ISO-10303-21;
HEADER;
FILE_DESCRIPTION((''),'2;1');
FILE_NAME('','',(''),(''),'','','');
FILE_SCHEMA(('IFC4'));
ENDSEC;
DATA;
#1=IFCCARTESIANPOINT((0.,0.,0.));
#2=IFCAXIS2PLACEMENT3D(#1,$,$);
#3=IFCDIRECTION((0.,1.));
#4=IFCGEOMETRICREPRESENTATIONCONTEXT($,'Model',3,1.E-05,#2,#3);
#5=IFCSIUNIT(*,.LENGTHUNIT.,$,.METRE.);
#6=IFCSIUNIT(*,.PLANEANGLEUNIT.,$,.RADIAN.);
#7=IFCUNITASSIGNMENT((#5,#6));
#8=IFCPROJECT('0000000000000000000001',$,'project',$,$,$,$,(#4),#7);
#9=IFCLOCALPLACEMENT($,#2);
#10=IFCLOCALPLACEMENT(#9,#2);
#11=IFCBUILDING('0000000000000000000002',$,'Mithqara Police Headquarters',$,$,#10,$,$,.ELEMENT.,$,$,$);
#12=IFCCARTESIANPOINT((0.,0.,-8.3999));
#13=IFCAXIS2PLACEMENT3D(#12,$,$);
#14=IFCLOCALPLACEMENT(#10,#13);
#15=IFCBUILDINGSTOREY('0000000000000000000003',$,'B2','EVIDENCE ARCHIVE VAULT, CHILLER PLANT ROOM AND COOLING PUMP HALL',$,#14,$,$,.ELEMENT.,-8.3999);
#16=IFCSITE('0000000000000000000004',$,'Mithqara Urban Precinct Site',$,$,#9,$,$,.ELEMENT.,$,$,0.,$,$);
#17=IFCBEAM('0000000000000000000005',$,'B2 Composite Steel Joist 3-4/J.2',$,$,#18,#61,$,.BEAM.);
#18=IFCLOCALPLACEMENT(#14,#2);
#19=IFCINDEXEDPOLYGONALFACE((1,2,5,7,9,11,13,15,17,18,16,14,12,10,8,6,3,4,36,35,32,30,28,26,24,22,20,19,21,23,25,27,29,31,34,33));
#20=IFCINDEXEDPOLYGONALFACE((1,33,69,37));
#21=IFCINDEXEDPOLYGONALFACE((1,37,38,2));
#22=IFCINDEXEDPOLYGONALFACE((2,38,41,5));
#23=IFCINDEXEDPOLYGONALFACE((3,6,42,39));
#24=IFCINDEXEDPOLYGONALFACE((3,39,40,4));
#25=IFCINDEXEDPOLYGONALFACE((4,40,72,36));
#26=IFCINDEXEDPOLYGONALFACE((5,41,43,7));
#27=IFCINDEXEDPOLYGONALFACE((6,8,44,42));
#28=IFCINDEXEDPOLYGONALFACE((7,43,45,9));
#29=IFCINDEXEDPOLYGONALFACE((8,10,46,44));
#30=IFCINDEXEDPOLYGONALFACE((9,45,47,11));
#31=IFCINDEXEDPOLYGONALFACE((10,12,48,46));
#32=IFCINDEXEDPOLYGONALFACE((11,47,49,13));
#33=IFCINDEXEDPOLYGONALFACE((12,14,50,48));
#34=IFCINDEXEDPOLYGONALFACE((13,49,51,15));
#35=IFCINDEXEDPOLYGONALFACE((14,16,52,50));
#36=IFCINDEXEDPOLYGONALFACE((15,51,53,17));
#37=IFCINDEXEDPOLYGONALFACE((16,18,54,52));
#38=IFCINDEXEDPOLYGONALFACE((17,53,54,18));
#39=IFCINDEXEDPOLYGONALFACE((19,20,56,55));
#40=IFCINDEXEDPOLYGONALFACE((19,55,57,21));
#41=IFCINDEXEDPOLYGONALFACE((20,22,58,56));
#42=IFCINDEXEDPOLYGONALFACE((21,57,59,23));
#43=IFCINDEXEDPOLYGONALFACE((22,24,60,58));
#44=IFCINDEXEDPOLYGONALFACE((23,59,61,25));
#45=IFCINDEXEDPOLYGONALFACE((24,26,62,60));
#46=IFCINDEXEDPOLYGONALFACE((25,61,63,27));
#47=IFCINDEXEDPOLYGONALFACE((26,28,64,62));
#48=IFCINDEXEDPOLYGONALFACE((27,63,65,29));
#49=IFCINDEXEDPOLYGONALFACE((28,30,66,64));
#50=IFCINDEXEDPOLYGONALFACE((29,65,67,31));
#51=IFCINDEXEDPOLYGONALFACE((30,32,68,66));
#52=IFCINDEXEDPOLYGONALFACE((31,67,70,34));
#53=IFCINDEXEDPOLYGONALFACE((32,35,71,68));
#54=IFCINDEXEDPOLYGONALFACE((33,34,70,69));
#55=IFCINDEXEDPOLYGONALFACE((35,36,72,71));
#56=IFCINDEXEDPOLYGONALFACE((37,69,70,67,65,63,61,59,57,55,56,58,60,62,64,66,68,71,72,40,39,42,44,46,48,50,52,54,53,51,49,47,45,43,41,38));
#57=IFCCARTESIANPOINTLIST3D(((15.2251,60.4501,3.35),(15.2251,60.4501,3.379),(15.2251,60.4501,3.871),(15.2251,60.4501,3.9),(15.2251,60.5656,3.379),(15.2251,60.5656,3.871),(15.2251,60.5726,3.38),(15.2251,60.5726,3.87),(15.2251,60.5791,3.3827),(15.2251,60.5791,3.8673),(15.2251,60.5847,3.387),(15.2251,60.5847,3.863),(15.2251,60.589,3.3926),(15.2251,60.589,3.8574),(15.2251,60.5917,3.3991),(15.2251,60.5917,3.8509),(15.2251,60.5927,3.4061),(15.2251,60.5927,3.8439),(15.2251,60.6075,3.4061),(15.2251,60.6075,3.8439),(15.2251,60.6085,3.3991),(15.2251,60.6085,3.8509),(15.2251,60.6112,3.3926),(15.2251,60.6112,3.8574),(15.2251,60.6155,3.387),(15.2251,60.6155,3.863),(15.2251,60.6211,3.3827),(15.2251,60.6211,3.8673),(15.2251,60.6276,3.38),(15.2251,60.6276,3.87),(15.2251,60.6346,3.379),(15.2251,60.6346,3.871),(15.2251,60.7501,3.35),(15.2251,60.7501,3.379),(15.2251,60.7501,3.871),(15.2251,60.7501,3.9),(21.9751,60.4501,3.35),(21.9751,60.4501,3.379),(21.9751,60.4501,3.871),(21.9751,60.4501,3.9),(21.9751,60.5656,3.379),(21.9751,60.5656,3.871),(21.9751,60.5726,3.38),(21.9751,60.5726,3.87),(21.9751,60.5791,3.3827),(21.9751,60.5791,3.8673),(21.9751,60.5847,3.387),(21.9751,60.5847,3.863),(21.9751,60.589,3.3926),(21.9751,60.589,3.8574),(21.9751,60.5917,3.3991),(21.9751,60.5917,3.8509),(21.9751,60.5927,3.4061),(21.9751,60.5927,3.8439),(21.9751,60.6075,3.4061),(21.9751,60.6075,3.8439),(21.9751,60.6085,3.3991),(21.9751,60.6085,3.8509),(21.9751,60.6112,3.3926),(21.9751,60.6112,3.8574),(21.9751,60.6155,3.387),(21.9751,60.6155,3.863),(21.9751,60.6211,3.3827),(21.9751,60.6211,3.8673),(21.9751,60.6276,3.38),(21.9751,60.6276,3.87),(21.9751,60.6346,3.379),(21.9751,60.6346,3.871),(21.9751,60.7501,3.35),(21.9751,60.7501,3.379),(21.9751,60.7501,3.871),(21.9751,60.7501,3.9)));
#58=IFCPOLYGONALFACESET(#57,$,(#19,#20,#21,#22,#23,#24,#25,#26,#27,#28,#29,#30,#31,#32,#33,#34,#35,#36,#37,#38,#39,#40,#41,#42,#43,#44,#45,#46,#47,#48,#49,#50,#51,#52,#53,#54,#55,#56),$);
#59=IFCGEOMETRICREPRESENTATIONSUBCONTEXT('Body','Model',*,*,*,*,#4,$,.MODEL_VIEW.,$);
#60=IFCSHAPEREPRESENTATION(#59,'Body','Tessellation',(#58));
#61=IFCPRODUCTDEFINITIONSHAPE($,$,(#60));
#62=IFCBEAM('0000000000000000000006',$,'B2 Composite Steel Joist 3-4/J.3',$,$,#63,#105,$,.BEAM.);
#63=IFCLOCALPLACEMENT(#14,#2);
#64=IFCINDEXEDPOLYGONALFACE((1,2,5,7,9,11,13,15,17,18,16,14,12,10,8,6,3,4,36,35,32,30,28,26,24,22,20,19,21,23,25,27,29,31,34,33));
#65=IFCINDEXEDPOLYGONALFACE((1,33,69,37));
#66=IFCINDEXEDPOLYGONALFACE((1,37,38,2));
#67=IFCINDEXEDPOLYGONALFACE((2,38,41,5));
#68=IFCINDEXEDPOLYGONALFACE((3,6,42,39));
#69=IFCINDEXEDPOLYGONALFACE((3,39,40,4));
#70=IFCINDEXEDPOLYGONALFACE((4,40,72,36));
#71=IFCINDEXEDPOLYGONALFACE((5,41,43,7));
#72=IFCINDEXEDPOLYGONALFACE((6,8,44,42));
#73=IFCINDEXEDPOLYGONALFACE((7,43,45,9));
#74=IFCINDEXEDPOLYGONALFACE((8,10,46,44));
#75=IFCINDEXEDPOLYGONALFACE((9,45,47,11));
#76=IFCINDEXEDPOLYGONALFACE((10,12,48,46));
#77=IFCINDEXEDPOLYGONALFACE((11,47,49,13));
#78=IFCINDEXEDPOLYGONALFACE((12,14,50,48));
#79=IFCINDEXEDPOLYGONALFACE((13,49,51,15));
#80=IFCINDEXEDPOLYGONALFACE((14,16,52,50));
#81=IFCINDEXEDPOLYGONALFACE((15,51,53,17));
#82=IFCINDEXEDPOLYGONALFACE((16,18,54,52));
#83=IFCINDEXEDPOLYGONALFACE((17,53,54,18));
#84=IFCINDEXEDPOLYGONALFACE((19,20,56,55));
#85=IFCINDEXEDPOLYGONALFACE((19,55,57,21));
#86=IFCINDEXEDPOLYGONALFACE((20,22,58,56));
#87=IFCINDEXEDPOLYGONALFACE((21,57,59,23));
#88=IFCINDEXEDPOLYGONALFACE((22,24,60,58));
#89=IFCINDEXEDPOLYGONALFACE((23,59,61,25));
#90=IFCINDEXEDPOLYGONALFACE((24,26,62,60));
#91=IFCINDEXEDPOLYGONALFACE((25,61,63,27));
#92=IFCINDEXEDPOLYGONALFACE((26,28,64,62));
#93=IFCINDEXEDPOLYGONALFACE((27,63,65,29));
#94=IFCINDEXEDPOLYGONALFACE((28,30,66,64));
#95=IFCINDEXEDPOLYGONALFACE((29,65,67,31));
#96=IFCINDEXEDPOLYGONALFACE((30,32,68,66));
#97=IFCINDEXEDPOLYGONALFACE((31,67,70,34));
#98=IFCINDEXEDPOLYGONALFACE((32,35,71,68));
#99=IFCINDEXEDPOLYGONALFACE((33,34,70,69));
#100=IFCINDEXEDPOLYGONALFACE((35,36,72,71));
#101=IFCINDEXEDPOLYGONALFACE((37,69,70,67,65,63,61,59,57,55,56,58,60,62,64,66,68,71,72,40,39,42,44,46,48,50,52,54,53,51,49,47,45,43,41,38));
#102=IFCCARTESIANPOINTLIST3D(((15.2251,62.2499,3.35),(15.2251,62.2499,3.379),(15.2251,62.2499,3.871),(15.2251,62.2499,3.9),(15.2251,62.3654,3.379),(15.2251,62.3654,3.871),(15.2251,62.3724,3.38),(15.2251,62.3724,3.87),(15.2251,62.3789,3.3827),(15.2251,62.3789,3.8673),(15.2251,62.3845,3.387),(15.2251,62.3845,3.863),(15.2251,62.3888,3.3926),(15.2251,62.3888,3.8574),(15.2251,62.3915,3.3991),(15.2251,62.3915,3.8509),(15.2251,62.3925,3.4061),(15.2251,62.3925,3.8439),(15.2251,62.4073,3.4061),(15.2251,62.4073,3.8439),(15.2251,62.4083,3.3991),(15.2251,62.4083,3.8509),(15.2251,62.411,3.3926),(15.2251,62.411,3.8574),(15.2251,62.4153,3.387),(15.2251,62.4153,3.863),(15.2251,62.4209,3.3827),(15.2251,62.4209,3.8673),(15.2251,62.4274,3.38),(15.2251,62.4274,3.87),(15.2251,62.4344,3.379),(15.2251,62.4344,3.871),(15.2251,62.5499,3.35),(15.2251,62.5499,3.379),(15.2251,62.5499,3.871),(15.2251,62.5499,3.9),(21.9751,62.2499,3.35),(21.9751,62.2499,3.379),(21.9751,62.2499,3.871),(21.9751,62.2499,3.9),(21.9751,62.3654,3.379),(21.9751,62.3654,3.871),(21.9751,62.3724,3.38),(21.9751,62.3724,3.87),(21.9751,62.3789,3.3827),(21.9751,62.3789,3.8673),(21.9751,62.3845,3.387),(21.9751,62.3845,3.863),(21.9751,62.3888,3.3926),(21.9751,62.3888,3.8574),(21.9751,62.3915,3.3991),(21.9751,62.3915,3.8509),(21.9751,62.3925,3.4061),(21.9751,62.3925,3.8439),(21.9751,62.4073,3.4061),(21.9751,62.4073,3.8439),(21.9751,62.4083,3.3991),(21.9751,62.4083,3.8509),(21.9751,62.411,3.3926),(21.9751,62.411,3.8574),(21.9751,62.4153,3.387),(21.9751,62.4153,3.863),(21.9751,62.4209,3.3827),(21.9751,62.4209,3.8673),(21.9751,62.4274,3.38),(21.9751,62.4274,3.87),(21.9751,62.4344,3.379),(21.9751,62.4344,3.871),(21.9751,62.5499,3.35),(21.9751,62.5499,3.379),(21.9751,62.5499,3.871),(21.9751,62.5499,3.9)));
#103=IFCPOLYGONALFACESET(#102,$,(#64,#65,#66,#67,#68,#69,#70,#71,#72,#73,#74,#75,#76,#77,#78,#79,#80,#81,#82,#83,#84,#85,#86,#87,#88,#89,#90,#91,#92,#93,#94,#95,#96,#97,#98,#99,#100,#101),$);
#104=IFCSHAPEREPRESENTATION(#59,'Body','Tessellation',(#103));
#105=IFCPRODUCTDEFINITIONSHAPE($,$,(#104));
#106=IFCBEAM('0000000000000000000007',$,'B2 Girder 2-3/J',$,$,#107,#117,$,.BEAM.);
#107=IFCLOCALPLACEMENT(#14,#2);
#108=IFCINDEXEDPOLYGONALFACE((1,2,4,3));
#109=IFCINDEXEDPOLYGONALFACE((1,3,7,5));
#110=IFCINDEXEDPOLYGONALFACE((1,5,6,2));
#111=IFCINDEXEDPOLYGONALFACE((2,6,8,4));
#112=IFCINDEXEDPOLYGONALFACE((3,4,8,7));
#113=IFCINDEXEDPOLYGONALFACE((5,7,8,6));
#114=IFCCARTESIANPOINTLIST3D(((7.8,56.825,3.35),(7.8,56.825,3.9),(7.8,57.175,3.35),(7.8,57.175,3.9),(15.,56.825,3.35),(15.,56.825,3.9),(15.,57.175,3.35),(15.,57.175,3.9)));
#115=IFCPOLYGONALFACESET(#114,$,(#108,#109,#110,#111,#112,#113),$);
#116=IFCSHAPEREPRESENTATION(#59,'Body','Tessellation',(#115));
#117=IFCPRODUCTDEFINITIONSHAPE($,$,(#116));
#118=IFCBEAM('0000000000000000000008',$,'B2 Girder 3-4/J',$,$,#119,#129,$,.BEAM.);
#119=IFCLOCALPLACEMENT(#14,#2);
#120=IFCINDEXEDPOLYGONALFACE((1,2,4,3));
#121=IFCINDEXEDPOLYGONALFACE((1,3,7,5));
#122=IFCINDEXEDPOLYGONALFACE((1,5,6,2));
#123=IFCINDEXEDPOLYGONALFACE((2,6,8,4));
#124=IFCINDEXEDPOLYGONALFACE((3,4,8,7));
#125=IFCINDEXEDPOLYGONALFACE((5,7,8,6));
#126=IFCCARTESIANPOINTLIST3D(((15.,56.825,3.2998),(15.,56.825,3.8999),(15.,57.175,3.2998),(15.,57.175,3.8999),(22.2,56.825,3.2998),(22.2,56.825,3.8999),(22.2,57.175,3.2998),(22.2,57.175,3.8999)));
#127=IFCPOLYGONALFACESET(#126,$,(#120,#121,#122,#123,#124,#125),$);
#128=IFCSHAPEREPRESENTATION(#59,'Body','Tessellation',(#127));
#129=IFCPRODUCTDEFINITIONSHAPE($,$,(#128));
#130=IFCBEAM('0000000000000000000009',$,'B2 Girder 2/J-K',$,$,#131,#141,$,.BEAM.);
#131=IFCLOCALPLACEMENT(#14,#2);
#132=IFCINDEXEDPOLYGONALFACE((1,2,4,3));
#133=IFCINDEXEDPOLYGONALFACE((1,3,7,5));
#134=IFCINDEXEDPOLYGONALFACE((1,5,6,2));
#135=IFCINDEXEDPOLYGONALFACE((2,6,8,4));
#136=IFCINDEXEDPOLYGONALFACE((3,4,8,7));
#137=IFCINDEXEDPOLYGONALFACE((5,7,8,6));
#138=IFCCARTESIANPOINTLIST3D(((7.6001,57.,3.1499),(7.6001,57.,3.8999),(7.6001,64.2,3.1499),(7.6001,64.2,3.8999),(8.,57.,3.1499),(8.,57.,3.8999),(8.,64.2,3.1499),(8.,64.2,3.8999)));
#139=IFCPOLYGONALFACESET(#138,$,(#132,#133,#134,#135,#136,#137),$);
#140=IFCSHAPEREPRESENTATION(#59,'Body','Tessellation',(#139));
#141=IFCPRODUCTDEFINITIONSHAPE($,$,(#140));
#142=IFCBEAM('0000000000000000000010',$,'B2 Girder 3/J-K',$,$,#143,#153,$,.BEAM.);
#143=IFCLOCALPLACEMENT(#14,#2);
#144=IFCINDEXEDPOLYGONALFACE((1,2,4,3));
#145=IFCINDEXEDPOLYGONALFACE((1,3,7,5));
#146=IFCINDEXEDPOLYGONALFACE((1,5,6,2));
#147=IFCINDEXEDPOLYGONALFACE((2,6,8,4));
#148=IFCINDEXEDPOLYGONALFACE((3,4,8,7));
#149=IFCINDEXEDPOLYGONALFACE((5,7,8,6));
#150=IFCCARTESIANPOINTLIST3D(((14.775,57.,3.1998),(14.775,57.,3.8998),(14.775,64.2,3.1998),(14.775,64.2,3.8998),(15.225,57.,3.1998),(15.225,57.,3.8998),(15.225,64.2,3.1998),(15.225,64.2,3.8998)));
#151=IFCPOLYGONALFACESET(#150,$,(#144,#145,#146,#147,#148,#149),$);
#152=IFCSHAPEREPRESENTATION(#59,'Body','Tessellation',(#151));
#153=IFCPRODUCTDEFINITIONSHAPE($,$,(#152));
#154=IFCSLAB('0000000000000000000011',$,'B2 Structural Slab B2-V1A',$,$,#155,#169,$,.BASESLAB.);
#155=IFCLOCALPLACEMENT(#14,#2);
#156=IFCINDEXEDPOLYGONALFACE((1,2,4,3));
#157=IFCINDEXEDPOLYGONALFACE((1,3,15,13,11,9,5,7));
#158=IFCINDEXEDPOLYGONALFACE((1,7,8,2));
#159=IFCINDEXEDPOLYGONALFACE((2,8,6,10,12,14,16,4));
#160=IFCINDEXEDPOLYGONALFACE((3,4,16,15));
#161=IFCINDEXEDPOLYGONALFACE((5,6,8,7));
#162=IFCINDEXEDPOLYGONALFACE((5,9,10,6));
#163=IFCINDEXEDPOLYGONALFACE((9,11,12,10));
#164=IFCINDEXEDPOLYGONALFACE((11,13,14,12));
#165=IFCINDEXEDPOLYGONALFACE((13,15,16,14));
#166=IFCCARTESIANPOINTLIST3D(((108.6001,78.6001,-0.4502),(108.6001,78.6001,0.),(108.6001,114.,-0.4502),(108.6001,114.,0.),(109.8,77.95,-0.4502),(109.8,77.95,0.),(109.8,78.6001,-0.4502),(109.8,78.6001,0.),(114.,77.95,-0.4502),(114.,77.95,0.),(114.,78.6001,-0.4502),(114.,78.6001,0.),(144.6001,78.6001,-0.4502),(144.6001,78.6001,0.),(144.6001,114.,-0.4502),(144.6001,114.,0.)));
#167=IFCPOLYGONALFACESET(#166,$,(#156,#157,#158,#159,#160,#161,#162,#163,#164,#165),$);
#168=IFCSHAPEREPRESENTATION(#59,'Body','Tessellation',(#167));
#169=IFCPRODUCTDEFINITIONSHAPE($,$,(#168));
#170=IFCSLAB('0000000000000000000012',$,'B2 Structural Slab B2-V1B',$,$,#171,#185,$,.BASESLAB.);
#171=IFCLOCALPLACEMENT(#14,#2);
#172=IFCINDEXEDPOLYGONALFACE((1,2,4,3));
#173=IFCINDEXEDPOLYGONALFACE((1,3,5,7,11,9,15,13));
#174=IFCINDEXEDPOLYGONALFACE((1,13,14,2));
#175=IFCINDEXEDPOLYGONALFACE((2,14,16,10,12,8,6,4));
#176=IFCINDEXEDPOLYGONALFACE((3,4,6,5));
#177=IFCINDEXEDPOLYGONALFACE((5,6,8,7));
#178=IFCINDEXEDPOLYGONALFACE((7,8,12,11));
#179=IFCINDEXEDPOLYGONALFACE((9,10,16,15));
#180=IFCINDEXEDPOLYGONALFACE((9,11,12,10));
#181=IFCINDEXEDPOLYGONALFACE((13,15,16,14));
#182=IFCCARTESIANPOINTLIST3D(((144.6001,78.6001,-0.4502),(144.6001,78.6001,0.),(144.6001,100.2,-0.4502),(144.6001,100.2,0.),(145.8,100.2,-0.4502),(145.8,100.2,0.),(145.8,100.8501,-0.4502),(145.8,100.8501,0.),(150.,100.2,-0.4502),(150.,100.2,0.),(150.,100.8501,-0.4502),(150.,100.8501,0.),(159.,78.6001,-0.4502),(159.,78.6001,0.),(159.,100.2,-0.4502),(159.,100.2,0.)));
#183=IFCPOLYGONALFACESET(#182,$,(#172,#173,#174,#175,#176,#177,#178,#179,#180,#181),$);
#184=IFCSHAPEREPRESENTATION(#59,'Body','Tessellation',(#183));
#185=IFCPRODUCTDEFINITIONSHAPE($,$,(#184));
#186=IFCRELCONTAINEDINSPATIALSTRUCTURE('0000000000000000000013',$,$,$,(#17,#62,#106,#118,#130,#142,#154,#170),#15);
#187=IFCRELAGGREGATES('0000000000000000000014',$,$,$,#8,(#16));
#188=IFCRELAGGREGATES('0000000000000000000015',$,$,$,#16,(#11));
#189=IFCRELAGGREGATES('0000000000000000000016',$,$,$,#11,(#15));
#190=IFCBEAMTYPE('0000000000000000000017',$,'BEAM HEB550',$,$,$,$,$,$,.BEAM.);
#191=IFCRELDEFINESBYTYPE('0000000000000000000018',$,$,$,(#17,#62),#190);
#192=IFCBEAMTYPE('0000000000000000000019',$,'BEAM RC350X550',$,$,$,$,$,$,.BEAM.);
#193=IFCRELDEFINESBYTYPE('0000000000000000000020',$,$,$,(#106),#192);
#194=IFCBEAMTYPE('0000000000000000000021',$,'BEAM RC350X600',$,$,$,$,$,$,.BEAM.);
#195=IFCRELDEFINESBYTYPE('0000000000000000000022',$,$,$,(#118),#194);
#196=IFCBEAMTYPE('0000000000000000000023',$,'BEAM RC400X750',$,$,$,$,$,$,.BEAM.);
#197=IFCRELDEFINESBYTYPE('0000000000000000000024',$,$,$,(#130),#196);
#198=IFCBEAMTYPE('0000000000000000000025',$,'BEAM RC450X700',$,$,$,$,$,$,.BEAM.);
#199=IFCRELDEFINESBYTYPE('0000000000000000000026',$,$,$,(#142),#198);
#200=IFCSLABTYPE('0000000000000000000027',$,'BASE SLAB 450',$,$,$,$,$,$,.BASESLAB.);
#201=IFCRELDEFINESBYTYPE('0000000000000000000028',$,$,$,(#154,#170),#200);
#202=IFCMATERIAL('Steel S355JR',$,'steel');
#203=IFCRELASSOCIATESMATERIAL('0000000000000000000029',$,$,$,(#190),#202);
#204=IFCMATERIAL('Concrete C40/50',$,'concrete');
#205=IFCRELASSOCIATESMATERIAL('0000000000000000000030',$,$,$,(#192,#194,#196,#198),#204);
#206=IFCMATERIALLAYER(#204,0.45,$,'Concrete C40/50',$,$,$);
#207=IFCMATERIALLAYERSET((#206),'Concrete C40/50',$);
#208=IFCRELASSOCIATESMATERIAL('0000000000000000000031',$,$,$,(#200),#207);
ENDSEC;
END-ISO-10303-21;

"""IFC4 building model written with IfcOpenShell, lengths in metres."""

from ifc_helpers import new_model, si_unit, direction, frame, origin, origin_2d, place, context, subcontext, project, spatial, polyline, rectangle, i_section, outline, extrude, material, layer, layer_set, material_profile, profile_set, type_object, element, save


model = new_model("IFC4")

# Units and contexts
model_context = context("Model", 3, precision=1e-05, world=origin(), true_north=direction((0.0, 1.0)))
body_context = subcontext(model_context, "Body", "Model", "MODEL_VIEW")
ifc_project = project(units=[si_unit("LENGTHUNIT", "METRE"), si_unit("PLANEANGLEUNIT", "RADIAN")], contexts=[model_context])

# Site, building, storey
site_placement = place(None, origin())
site = spatial("IfcSite", under=ifc_project, at=site_placement, Name="Mithqara Urban Precinct Site", CompositionType="ELEMENT", RefElevation=0.0)
building_placement = place(site_placement, origin())
building = spatial("IfcBuilding", under=site, at=building_placement, Name="Mithqara Police Headquarters", CompositionType="ELEMENT")
storey_placement = place(building_placement, frame((0.0, 0.0, -8.3999)))
storey = spatial("IfcBuildingStorey", under=building, at=storey_placement, Name="B2", Description="EVIDENCE ARCHIVE VAULT, CHILLER PLANT ROOM AND COOLING PUMP HALL", CompositionType="ELEMENT", Elevation=-8.3999)

# Shared definitions
ifc_material_1 = material(Name="Concrete C40/50", Category="concrete")

# Beams
ifc_material_2 = material(Name="Steel S355JR", Category="steel")
ifc_material_profile_1 = material_profile(ifc_material_2, i_section(OverallWidth=0.3, OverallDepth=0.55, WebThickness=0.0149, FlangeThickness=0.0291, FilletRadius=0.0271, at=origin_2d()), Name="HEB 550")
ifc_profile_set_1 = profile_set([ifc_material_profile_1], Name="Steel S355JR")
beam_type_1 = type_object("IfcBeamType", Name="BEAM HEB550", PredefinedType="BEAM", material=ifc_profile_set_1)
for number, where, z_axis, x_axis, name in (
    (1, (15.2251, 60.6001, 3.625), (1.0, 0.0, 0.0), (0.0, 1.0, 0.0), "B2 Composite Steel Joist 3-4/J.2"),
    (2, (15.2251, 62.3999, 3.625), (1.0, 0.0, 0.0), (0.0, 1.0, 0.0), "B2 Composite Steel Joist 3-4/J.3"),
):
    element("IfcBeam", number, at=place(storey_placement, frame(where, z_axis=z_axis, x_axis=x_axis)), inside=storey, type_object=beam_type_1, Name=name, PredefinedType="BEAM", context=body_context, shape_type="SweptSolid", body=[
        extrude(i_section(OverallWidth=0.3, OverallDepth=0.55, WebThickness=0.0149, FlangeThickness=0.0291, FilletRadius=0.0271, at=origin_2d()), origin(), (0.0, 0.0, 1.0), 6.75),
    ])
ifc_material_profile_2 = material_profile(ifc_material_1, rectangle(XDim=0.3501, YDim=0.55, at=origin_2d()), Name="RC 350x550")
ifc_profile_set_2 = profile_set([ifc_material_profile_2], Name="Concrete C40/50")
beam_type_2 = type_object("IfcBeamType", Name="BEAM RC350X550", PredefinedType="BEAM", material=ifc_profile_set_2)
beam_1_placement = place(storey_placement, frame((7.8, 57.0, 3.625), z_axis=(1.0, 0.0, 0.0), x_axis=(0.0, 1.0, 0.0)))
element("IfcBeam", 3, at=beam_1_placement, inside=storey, type_object=beam_type_2, Name="B2 Girder 2-3/J", PredefinedType="BEAM", context=body_context, shape_type="SweptSolid", body=[
    extrude(rectangle(XDim=0.3501, YDim=0.55, at=origin_2d()), origin(), (0.0, 0.0, 1.0), 7.2),
])
ifc_material_profile_3 = material_profile(ifc_material_1, rectangle(XDim=0.3501, YDim=0.6001, at=origin_2d()), Name="RC 350x600")
ifc_profile_set_3 = profile_set([ifc_material_profile_3], Name="Concrete C40/50")
beam_type_3 = type_object("IfcBeamType", Name="BEAM RC350X600", PredefinedType="BEAM", material=ifc_profile_set_3)
beam_2_placement = place(storey_placement, frame((15.0, 57.0, 3.5999), z_axis=(1.0, 0.0, 0.0), x_axis=(0.0, 1.0, 0.0)))
element("IfcBeam", 4, at=beam_2_placement, inside=storey, type_object=beam_type_3, Name="B2 Girder 3-4/J", PredefinedType="BEAM", context=body_context, shape_type="SweptSolid", body=[
    extrude(rectangle(XDim=0.3501, YDim=0.6001, at=origin_2d()), origin(), (0.0, 0.0, 1.0), 7.2),
])
ifc_material_profile_4 = material_profile(ifc_material_1, rectangle(XDim=0.3999, YDim=0.75, at=origin_2d()), Name="RC 400x750")
ifc_profile_set_4 = profile_set([ifc_material_profile_4], Name="Concrete C40/50")
beam_type_4 = type_object("IfcBeamType", Name="BEAM RC400X750", PredefinedType="BEAM", material=ifc_profile_set_4)
beam_3_placement = place(storey_placement, frame((7.8, 57.0, 3.5249), z_axis=(0.0, 1.0, 0.0), x_axis=(-1.0, 0.0, 0.0)))
element("IfcBeam", 5, at=beam_3_placement, inside=storey, type_object=beam_type_4, Name="B2 Girder 2/J-K", PredefinedType="BEAM", context=body_context, shape_type="SweptSolid", body=[
    extrude(rectangle(XDim=0.3999, YDim=0.75, at=origin_2d()), origin(), (0.0, 0.0, 1.0), 7.2),
])
ifc_material_profile_5 = material_profile(ifc_material_1, rectangle(XDim=0.45, YDim=0.7, at=origin_2d()), Name="RC 450x700")
ifc_profile_set_5 = profile_set([ifc_material_profile_5], Name="Concrete C40/50")
beam_type_5 = type_object("IfcBeamType", Name="BEAM RC450X700", PredefinedType="BEAM", material=ifc_profile_set_5)
beam_4_placement = place(storey_placement, frame((15.0, 57.0, 3.5498), z_axis=(0.0, 1.0, 0.0), x_axis=(-1.0, 0.0, 0.0)))
element("IfcBeam", 6, at=beam_4_placement, inside=storey, type_object=beam_type_5, Name="B2 Girder 3/J-K", PredefinedType="BEAM", context=body_context, shape_type="SweptSolid", body=[
    extrude(rectangle(XDim=0.45, YDim=0.7, at=origin_2d()), origin(), (0.0, 0.0, 1.0), 7.2),
])

# Slabs
ifc_layer_1 = layer(ifc_material_1, 0.45, Name="Concrete C40/50")
ifc_layer_set_1 = layer_set([ifc_layer_1], Name="Concrete C40/50")
slab_type_1 = type_object("IfcSlabType", Name="BASE SLAB 450", PredefinedType="BASESLAB", material=ifc_layer_set_1)
slab_1_placement = place(storey_placement, frame((0.0, 0.0, -0.4502)))
element("IfcSlab", 7, at=slab_1_placement, inside=storey, type_object=slab_type_1, Name="B2 Structural Slab B2-V1A", PredefinedType="BASESLAB", context=body_context, shape_type="SweptSolid", body=[
    extrude(outline(polyline([(109.8, 78.6001), (108.6001, 78.6001), (108.6001, 114.0), (144.6001, 114.0), (144.6001, 78.6001), (114.0, 78.6001), (114.0, 77.95), (109.8, 77.95), (109.8, 78.6001)])), origin(), (0.0, 0.0, 1.0), 0.4502),
])
slab_2_placement = place(storey_placement, frame((0.0, 0.0, -0.4502)))
element("IfcSlab", 8, at=slab_2_placement, inside=storey, type_object=slab_type_1, Name="B2 Structural Slab B2-V1B", PredefinedType="BASESLAB", context=body_context, shape_type="SweptSolid", body=[
    extrude(outline(polyline([(159.0, 78.6001), (144.6001, 78.6001), (144.6001, 100.2), (145.8, 100.2), (145.8, 100.8501), (150.0, 100.8501), (150.0, 100.2), (159.0, 100.2), (159.0, 78.6001)])), origin(), (0.0, 0.0, 1.0), 0.4502),
])

save(model, "model.ifc")
